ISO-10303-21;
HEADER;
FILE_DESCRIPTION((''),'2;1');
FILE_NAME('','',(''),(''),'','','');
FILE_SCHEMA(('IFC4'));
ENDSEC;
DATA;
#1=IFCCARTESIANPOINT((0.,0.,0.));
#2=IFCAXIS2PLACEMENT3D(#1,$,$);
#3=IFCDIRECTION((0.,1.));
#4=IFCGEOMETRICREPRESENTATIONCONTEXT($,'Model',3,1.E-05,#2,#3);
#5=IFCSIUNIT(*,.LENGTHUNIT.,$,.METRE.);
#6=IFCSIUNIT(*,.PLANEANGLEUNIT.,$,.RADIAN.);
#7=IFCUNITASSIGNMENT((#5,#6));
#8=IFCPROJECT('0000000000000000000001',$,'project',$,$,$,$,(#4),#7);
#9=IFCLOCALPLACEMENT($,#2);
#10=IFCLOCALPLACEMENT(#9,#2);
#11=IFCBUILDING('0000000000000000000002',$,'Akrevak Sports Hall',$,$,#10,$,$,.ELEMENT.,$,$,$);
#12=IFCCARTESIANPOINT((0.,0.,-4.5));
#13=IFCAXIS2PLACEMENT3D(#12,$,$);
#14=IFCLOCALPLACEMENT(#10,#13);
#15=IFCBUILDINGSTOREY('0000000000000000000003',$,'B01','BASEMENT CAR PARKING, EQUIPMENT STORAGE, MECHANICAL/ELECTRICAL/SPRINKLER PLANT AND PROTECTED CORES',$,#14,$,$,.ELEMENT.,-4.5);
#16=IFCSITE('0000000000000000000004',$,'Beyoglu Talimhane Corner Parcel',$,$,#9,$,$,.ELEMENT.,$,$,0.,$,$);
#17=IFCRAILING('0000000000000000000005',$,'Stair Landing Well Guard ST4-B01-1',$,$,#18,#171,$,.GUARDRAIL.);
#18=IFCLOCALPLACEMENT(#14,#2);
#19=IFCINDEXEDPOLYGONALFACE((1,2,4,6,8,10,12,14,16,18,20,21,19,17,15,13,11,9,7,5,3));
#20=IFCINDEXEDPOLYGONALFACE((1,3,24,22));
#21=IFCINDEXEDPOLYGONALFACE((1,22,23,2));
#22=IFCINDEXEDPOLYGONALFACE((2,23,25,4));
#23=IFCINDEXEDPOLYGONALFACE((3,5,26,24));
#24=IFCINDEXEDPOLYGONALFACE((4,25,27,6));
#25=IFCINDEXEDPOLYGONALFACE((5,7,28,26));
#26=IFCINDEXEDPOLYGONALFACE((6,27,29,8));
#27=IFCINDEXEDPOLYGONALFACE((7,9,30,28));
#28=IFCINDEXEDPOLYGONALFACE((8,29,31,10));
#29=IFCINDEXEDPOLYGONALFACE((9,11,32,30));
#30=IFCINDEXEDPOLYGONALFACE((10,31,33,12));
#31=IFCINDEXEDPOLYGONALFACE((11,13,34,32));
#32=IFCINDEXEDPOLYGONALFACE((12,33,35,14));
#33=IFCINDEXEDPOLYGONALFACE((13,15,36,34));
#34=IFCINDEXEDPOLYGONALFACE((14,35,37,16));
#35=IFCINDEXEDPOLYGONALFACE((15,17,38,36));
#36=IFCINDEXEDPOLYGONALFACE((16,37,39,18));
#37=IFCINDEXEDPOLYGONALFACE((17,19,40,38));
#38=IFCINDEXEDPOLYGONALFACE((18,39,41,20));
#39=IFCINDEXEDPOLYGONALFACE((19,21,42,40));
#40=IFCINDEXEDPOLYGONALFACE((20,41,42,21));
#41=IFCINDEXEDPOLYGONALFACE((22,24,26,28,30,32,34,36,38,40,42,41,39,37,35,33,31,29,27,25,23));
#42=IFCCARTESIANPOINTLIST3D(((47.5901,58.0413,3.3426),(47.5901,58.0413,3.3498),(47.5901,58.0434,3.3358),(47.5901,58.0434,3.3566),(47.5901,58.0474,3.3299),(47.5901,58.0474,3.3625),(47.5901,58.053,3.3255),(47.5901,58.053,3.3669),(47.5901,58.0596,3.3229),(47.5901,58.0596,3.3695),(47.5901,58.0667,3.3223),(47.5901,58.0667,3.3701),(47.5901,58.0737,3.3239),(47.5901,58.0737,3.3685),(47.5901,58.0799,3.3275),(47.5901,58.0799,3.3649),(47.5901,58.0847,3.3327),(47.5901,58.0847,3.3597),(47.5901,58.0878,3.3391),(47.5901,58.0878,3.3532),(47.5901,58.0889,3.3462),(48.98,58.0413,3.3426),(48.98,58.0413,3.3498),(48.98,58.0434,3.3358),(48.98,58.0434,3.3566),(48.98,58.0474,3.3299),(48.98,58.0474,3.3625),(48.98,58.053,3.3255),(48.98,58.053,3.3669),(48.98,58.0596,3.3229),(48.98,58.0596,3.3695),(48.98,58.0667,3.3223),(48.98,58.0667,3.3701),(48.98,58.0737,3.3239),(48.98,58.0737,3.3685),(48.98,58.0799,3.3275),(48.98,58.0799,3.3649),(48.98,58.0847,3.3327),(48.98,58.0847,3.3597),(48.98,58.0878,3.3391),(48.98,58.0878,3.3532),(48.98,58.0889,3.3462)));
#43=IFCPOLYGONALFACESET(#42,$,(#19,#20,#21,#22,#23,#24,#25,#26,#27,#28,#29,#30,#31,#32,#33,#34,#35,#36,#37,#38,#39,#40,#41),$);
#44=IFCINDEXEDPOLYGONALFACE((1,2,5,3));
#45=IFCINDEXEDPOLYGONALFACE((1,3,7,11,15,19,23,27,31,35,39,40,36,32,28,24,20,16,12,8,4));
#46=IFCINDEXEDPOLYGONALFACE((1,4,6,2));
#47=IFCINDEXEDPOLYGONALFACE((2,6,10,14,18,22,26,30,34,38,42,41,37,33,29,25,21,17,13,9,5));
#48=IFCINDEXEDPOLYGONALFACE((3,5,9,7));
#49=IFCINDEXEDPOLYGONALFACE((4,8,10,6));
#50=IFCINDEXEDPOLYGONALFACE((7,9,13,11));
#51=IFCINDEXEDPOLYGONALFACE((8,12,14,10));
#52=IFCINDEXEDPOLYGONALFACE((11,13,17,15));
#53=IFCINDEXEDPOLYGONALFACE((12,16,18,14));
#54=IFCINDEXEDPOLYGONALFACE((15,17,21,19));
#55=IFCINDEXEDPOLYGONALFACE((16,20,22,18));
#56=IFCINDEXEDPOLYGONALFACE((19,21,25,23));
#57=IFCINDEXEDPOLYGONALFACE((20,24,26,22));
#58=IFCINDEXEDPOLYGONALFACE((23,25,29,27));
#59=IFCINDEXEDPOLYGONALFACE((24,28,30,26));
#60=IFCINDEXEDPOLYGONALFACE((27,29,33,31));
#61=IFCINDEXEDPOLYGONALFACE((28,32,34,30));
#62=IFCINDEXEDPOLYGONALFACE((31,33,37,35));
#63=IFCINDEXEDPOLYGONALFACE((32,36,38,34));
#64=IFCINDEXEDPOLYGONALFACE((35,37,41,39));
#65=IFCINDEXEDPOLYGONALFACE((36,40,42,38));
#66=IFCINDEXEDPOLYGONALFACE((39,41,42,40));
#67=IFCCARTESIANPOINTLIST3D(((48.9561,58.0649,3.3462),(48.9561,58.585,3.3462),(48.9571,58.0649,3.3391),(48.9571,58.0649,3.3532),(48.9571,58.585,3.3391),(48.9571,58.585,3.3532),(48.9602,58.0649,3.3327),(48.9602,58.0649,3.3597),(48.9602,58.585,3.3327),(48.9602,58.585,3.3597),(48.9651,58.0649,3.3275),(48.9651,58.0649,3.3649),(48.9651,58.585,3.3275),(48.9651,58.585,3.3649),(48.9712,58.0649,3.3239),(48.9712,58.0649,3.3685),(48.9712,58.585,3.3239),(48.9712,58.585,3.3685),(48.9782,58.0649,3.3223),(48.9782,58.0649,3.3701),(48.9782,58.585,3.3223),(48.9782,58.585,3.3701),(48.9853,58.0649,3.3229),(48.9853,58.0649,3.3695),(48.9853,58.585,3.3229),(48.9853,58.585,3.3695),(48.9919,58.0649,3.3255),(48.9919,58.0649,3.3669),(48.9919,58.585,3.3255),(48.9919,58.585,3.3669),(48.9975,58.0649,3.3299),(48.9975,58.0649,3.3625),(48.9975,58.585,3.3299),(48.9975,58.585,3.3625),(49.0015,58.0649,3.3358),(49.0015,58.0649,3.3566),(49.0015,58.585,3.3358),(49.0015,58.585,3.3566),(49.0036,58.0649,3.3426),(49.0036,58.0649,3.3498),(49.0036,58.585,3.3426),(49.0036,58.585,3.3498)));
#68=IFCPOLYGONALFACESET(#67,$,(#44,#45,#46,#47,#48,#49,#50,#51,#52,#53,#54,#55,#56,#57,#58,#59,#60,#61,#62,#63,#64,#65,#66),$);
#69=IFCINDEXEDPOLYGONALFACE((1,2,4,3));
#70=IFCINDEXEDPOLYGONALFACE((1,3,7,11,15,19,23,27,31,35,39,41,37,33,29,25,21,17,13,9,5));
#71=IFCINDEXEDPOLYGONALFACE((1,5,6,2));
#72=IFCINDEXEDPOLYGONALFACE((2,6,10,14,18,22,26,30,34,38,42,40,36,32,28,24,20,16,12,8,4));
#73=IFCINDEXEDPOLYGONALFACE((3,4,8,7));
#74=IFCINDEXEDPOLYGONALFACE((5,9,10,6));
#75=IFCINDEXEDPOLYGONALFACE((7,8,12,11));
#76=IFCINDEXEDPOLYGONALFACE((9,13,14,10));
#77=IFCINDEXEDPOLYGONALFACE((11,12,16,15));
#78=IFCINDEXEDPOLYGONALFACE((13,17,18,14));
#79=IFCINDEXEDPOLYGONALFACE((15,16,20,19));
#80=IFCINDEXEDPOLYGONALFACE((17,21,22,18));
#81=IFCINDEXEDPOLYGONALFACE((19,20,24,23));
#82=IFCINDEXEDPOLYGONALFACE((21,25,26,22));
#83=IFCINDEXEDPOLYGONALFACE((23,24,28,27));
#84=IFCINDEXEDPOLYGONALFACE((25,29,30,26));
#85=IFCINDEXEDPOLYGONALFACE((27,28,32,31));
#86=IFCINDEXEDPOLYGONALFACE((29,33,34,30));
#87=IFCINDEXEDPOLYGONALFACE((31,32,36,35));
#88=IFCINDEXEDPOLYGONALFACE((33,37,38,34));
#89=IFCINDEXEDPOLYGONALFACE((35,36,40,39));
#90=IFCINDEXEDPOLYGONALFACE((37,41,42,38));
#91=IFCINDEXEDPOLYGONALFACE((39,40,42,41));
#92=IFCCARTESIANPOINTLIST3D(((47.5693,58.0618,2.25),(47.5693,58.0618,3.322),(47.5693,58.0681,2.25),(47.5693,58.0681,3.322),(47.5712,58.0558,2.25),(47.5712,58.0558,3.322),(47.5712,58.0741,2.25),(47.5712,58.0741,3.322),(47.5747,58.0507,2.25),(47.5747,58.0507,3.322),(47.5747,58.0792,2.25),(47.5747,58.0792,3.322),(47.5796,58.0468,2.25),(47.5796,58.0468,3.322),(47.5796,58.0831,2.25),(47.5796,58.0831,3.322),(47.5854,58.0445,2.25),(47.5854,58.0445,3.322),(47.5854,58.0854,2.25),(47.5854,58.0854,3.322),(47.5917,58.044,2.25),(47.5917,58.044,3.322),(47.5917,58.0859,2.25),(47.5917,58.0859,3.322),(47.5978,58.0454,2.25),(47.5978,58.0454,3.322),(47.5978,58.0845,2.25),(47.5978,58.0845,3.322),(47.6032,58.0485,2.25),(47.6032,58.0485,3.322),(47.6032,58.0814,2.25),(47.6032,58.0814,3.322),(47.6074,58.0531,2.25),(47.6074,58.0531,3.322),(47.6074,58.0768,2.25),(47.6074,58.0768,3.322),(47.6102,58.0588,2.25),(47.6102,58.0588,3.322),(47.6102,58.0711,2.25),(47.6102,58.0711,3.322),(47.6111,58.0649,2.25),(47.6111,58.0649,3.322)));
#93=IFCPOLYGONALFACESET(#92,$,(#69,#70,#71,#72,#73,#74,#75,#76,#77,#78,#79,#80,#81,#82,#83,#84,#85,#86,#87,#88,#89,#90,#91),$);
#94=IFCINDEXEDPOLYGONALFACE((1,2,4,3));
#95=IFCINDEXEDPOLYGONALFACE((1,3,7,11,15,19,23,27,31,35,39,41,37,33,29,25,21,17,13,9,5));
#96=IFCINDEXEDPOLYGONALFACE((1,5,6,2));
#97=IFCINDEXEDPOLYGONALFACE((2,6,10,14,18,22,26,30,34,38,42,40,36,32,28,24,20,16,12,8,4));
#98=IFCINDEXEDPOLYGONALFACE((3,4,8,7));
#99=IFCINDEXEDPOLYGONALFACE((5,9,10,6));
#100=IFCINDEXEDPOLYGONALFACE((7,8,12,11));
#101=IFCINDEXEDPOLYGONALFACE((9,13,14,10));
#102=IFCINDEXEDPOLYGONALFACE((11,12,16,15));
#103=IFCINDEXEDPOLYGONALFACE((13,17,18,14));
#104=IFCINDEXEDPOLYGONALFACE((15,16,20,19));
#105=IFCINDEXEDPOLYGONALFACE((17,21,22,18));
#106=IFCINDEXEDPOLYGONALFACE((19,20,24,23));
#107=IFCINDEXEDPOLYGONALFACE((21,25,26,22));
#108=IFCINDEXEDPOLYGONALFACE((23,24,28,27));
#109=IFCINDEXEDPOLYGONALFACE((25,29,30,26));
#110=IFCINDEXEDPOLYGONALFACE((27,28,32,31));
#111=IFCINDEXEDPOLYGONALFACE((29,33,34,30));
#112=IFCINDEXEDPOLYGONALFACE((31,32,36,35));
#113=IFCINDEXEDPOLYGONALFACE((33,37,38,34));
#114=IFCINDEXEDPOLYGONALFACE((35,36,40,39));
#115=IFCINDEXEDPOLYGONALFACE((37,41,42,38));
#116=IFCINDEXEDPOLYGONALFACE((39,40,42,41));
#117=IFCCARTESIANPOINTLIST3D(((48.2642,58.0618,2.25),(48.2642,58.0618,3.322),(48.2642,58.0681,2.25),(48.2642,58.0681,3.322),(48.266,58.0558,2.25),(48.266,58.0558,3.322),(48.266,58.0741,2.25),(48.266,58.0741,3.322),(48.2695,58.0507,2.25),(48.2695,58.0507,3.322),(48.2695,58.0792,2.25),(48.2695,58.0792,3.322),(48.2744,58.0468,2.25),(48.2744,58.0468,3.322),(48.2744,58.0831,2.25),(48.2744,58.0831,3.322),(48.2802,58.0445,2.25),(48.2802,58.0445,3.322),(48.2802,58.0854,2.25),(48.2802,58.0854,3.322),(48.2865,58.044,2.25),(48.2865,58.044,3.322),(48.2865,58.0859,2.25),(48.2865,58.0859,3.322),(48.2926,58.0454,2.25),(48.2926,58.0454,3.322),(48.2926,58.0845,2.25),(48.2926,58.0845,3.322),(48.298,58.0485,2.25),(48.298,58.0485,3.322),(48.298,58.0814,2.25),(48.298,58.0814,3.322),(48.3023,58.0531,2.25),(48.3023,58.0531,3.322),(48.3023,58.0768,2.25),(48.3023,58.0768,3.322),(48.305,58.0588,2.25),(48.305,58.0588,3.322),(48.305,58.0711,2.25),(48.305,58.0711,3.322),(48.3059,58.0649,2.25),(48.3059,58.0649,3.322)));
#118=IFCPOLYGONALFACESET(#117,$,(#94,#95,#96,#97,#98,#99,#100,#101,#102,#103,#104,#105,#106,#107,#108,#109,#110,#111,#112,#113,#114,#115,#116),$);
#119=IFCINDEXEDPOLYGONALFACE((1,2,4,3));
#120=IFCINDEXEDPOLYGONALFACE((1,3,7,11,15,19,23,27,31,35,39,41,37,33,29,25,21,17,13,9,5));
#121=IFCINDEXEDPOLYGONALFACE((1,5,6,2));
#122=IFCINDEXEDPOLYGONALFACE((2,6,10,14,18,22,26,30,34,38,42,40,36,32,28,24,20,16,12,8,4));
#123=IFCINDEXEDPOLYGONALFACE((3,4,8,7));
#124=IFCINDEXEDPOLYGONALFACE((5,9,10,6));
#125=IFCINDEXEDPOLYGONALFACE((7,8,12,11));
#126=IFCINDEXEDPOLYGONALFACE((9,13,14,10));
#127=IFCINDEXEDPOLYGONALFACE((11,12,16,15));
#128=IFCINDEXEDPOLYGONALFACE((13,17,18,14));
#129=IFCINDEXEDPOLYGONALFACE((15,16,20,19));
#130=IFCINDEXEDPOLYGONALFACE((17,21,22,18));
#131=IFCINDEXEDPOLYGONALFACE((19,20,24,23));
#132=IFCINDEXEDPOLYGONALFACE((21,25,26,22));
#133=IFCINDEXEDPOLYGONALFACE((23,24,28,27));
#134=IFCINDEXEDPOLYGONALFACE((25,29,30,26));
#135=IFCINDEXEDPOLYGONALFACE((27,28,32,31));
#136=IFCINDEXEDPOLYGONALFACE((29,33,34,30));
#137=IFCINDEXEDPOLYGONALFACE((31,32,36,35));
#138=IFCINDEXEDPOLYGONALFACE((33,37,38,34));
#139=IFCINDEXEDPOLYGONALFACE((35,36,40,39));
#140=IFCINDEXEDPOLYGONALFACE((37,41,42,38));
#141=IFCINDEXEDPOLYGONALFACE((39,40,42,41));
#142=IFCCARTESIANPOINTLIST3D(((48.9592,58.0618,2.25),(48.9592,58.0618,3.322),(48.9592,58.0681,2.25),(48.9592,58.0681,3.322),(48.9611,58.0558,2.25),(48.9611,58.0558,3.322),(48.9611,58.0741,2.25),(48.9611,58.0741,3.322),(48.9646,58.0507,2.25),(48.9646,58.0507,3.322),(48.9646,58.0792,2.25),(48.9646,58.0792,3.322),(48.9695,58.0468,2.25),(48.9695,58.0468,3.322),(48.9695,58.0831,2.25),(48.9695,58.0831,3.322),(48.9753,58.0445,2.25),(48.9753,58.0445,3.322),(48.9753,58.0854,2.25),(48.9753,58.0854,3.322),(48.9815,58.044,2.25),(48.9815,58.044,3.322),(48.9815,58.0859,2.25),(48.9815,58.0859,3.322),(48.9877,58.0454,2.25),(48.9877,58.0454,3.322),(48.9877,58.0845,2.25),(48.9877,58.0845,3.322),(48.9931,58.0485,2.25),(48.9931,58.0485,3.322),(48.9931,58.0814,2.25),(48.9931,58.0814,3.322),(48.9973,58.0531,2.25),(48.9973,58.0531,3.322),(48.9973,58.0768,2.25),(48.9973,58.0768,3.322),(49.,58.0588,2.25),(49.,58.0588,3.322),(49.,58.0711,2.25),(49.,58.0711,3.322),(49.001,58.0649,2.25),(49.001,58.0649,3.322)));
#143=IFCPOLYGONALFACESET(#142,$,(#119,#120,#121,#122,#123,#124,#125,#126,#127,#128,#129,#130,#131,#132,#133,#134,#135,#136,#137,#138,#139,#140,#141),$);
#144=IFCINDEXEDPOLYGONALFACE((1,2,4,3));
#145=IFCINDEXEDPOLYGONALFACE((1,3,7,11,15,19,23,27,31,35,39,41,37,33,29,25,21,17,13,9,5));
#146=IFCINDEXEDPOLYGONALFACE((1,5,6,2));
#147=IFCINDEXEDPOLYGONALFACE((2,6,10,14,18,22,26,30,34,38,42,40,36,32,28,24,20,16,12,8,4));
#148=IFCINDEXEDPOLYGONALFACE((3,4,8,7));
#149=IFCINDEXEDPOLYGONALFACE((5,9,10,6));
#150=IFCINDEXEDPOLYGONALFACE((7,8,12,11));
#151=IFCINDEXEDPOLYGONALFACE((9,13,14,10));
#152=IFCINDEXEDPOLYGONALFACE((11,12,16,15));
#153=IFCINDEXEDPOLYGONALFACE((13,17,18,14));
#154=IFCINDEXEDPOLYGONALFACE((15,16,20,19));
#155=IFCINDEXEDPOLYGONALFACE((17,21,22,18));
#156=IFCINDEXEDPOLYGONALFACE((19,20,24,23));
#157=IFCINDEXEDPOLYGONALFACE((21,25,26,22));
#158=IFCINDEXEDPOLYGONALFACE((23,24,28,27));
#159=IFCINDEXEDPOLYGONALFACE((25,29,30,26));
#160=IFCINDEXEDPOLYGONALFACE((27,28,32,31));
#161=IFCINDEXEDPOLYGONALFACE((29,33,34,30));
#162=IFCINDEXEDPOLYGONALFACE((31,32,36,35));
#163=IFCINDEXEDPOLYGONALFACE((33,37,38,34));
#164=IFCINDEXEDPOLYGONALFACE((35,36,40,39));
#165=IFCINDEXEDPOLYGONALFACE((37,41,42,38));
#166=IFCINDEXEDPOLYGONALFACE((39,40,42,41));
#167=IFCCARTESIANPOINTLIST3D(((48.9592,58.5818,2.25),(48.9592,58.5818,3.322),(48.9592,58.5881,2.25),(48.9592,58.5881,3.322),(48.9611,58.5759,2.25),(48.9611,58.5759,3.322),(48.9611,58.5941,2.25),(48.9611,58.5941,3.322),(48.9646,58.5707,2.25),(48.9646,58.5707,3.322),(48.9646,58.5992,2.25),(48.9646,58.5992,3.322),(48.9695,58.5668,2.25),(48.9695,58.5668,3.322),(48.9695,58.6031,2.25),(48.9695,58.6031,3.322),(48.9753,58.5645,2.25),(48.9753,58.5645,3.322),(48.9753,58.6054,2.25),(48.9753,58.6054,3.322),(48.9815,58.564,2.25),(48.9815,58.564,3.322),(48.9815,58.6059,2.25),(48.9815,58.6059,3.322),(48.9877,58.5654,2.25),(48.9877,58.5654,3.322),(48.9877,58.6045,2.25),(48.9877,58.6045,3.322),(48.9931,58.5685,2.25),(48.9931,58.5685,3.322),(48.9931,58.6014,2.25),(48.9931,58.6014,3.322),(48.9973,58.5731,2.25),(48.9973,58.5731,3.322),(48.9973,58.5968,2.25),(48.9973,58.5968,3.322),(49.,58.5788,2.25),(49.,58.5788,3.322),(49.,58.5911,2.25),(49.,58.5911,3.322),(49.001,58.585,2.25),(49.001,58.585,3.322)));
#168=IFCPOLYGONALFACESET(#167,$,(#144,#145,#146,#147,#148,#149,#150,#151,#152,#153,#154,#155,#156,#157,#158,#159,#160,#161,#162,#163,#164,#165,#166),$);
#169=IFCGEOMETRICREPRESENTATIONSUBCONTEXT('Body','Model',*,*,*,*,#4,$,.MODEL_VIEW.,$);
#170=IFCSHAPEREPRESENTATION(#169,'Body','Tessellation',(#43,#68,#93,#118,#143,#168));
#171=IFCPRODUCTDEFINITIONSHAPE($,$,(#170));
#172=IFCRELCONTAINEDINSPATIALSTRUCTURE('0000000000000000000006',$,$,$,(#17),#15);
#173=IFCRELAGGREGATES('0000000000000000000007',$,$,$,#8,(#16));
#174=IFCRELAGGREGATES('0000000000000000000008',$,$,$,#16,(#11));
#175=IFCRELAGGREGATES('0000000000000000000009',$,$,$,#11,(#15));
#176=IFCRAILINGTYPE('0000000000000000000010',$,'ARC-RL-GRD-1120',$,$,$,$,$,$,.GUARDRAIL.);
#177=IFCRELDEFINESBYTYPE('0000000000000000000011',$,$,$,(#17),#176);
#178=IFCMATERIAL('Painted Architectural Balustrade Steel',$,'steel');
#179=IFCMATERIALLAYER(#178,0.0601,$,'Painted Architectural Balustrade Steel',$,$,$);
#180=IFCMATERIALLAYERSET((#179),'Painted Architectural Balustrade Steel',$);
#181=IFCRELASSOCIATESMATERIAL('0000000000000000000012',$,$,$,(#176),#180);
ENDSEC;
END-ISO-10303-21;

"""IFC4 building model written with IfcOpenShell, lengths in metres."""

from ifc_helpers import new_model, si_unit, direction, frame, origin, origin_2d, place, context, subcontext, project, spatial, circle, extrude, material, layer, layer_set, type_object, element, save


model = new_model("IFC4")

# Units and contexts
model_context = context("Model", 3, precision=1e-05, world=origin(), true_north=direction((0.0, 1.0)))
body_context = subcontext(model_context, "Body", "Model", "MODEL_VIEW")
ifc_project = project(units=[si_unit("LENGTHUNIT", "METRE"), si_unit("PLANEANGLEUNIT", "RADIAN")], contexts=[model_context])

# Site, building, storey
site_placement = place(None, origin())
site = spatial("IfcSite", under=ifc_project, at=site_placement, Name="Beyoglu Talimhane Corner Parcel", CompositionType="ELEMENT", RefElevation=0.0)
building_placement = place(site_placement, origin())
building = spatial("IfcBuilding", under=site, at=building_placement, Name="Akrevak Sports Hall", CompositionType="ELEMENT")
storey_placement = place(building_placement, frame((0.0, 0.0, -4.5)))
storey = spatial("IfcBuildingStorey", under=building, at=storey_placement, Name="B01", Description="BASEMENT CAR PARKING, EQUIPMENT STORAGE, MECHANICAL/ELECTRICAL/SPRINKLER PLANT AND PROTECTED CORES", CompositionType="ELEMENT", Elevation=-4.5)

# Railing
ifc_material_1 = material(Name="Painted Architectural Balustrade Steel", Category="steel")
ifc_layer_1 = layer(ifc_material_1, 0.0601, Name="Painted Architectural Balustrade Steel")
ifc_layer_set_1 = layer_set([ifc_layer_1], Name="Painted Architectural Balustrade Steel")
railing_type_1 = type_object("IfcRailingType", Name="ARC-RL-GRD-1120", PredefinedType="GUARDRAIL", material=ifc_layer_set_1)
railing_1_placement = place(storey_placement, frame((47.5901, 58.0649, 2.25)))
element("IfcRailing", 1, at=railing_1_placement, inside=storey, type_object=railing_type_1, Name="Stair Landing Well Guard ST4-B01-1", PredefinedType="GUARDRAIL", context=body_context, shape_type="SweptSolid", body=[
    extrude(circle(Radius=0.0239, at=origin_2d()), frame((0.0, 0.0, 1.0962), z_axis=(1.0, 0.0, 0.0), x_axis=(0.0, 1.0, 0.0)), (0.0, 0.0, 1.0), 1.3899),
    extrude(circle(Radius=0.0239, at=origin_2d()), frame((1.3899, 0.0, 1.0962), z_axis=(0.0, 1.0, 0.0), x_axis=(-1.0, 0.0, 0.0)), (0.0, 0.0, 1.0), 0.52),
    extrude(circle(Radius=0.021, at=origin_2d()), origin(), (0.0, 0.0, 1.0), 1.072),
    extrude(circle(Radius=0.021, at=origin_2d()), frame((0.6948, 0.0, 0.0)), (0.0, 0.0, 1.0), 1.072),
    extrude(circle(Radius=0.021, at=origin_2d()), frame((1.3899, 0.0, 0.0)), (0.0, 0.0, 1.0), 1.072),
    extrude(circle(Radius=0.021, at=origin_2d()), frame((1.3899, 0.52, 0.0)), (0.0, 0.0, 1.0), 1.072),
])

save(model, "model.ifc")
